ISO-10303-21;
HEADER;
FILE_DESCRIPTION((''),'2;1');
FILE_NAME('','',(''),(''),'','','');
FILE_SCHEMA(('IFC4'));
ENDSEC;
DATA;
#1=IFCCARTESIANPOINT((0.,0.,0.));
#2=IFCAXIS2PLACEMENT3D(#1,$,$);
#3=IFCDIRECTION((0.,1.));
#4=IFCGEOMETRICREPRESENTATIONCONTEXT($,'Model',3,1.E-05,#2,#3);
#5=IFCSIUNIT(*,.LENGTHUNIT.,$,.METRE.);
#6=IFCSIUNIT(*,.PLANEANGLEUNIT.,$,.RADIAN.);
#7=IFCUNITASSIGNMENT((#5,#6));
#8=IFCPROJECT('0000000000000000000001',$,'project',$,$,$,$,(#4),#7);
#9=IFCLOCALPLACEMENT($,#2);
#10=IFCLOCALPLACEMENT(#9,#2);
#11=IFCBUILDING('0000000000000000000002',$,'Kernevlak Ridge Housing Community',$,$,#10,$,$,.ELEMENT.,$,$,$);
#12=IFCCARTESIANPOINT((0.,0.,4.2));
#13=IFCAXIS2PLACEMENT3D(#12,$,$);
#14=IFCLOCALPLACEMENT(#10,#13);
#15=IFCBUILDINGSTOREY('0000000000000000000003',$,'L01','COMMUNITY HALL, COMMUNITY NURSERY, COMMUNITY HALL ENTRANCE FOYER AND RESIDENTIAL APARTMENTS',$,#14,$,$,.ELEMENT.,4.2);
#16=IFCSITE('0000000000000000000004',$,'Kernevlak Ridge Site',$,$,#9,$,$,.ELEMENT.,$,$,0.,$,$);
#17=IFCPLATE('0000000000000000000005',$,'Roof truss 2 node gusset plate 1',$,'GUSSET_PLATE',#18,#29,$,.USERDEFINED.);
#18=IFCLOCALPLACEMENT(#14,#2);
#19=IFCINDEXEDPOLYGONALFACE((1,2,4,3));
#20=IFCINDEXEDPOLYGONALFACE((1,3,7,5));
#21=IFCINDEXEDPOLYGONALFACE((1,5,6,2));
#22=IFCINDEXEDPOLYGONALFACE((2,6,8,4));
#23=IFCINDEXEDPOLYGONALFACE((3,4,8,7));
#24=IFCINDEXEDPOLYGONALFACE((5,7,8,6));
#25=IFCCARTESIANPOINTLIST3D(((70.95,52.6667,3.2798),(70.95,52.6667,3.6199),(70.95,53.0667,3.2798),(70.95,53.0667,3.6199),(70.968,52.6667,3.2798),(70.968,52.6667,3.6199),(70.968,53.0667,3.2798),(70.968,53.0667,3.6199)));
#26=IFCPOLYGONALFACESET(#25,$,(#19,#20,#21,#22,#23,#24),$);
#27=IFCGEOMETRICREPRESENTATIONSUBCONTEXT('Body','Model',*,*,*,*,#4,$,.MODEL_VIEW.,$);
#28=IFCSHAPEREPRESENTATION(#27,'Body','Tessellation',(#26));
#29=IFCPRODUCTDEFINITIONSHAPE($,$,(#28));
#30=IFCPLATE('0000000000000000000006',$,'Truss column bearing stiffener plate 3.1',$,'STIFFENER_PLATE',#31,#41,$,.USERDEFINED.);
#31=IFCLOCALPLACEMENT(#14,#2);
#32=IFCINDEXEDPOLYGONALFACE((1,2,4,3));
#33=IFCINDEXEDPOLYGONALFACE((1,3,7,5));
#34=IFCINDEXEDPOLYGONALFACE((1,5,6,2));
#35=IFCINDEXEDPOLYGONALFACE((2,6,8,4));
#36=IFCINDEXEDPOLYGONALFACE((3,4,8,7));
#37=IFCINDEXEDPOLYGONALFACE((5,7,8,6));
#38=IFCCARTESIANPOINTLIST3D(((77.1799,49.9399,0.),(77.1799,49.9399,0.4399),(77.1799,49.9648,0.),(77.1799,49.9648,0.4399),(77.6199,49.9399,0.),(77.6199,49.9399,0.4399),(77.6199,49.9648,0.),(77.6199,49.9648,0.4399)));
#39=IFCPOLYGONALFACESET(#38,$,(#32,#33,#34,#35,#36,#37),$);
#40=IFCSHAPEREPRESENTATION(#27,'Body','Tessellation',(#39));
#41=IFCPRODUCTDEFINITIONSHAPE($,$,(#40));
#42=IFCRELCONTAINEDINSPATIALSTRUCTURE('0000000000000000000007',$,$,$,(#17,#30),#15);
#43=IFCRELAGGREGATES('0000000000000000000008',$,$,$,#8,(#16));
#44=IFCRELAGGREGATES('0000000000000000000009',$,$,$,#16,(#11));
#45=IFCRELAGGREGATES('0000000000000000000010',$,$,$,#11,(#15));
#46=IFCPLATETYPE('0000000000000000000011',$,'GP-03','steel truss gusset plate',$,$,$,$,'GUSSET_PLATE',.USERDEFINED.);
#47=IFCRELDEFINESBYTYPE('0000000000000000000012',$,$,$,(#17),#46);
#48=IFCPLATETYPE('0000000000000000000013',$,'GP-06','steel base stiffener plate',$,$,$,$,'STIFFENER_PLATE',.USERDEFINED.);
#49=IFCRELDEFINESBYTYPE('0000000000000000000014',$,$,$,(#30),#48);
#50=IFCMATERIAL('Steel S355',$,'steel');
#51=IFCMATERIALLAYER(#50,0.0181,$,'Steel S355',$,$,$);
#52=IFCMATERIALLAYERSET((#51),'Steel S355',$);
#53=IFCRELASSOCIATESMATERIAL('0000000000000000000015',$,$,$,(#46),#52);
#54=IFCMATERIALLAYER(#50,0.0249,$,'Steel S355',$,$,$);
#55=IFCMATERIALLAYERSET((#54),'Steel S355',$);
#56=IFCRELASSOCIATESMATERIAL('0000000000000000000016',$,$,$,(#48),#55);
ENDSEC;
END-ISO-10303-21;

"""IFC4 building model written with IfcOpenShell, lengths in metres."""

from ifc_helpers import new_model, si_unit, direction, frame, origin, origin_2d, place, context, subcontext, project, spatial, rectangle, extrude, material, layer, layer_set, type_object, element, save


model = new_model("IFC4")

# Units and contexts
model_context = context("Model", 3, precision=1e-05, world=origin(), true_north=direction((0.0, 1.0)))
body_context = subcontext(model_context, "Body", "Model", "MODEL_VIEW")
ifc_project = project(units=[si_unit("LENGTHUNIT", "METRE"), si_unit("PLANEANGLEUNIT", "RADIAN")], contexts=[model_context])

# Site, building, storey
site_placement = place(None, origin())
site = spatial("IfcSite", under=ifc_project, at=site_placement, Name="Kernevlak Ridge Site", CompositionType="ELEMENT", RefElevation=0.0)
building_placement = place(site_placement, origin())
building = spatial("IfcBuilding", under=site, at=building_placement, Name="Kernevlak Ridge Housing Community", CompositionType="ELEMENT")
storey_placement = place(building_placement, frame((0.0, 0.0, 4.2)))
storey = spatial("IfcBuildingStorey", under=building, at=storey_placement, Name="L01", Description="COMMUNITY HALL, COMMUNITY NURSERY, COMMUNITY HALL ENTRANCE FOYER AND RESIDENTIAL APARTMENTS", CompositionType="ELEMENT", Elevation=4.2)

# Shared definitions
ifc_material_1 = material(Name="Steel S355", Category="steel")

# Plates
ifc_layer_1 = layer(ifc_material_1, 0.0181, Name="Steel S355")
ifc_layer_set_1 = layer_set([ifc_layer_1], Name="Steel S355")
plate_type_1 = type_object("IfcPlateType", Name="GP-03", Description="steel truss gusset plate", ElementType="GUSSET_PLATE", PredefinedType="USERDEFINED", material=ifc_layer_set_1)
plate_1_placement = place(storey_placement, frame((70.959, 52.8667, 3.2798), z_axis=(0.0, 0.0, 1.0), x_axis=(1.0, 0.0, 0.0)))
element("IfcPlate", 1, at=plate_1_placement, inside=storey, type_object=plate_type_1, Name="Roof truss 2 node gusset plate 1", ObjectType="GUSSET_PLATE", PredefinedType="USERDEFINED", context=body_context, shape_type="SweptSolid", body=[
    extrude(rectangle(XDim=0.0181, YDim=0.3999, at=origin_2d()), origin(), (0.0, 0.0, 1.0), 0.3401),
])
ifc_layer_2 = layer(ifc_material_1, 0.0249, Name="Steel S355")
ifc_layer_set_2 = layer_set([ifc_layer_2], Name="Steel S355")
plate_type_2 = type_object("IfcPlateType", Name="GP-06", Description="steel base stiffener plate", ElementType="STIFFENER_PLATE", PredefinedType="USERDEFINED", material=ifc_layer_set_2)
plate_2_placement = place(storey_placement, frame((77.3999, 49.9524, 0.0), z_axis=(0.0, 0.0, 1.0), x_axis=(1.0, 0.0, 0.0)))
element("IfcPlate", 2, at=plate_2_placement, inside=storey, type_object=plate_type_2, Name="Truss column bearing stiffener plate 3.1", ObjectType="STIFFENER_PLATE", PredefinedType="USERDEFINED", context=body_context, shape_type="SweptSolid", body=[
    extrude(rectangle(XDim=0.4399, YDim=0.0249, at=origin_2d()), origin(), (0.0, 0.0, 1.0), 0.4399),
])

save(model, "model.ifc")
